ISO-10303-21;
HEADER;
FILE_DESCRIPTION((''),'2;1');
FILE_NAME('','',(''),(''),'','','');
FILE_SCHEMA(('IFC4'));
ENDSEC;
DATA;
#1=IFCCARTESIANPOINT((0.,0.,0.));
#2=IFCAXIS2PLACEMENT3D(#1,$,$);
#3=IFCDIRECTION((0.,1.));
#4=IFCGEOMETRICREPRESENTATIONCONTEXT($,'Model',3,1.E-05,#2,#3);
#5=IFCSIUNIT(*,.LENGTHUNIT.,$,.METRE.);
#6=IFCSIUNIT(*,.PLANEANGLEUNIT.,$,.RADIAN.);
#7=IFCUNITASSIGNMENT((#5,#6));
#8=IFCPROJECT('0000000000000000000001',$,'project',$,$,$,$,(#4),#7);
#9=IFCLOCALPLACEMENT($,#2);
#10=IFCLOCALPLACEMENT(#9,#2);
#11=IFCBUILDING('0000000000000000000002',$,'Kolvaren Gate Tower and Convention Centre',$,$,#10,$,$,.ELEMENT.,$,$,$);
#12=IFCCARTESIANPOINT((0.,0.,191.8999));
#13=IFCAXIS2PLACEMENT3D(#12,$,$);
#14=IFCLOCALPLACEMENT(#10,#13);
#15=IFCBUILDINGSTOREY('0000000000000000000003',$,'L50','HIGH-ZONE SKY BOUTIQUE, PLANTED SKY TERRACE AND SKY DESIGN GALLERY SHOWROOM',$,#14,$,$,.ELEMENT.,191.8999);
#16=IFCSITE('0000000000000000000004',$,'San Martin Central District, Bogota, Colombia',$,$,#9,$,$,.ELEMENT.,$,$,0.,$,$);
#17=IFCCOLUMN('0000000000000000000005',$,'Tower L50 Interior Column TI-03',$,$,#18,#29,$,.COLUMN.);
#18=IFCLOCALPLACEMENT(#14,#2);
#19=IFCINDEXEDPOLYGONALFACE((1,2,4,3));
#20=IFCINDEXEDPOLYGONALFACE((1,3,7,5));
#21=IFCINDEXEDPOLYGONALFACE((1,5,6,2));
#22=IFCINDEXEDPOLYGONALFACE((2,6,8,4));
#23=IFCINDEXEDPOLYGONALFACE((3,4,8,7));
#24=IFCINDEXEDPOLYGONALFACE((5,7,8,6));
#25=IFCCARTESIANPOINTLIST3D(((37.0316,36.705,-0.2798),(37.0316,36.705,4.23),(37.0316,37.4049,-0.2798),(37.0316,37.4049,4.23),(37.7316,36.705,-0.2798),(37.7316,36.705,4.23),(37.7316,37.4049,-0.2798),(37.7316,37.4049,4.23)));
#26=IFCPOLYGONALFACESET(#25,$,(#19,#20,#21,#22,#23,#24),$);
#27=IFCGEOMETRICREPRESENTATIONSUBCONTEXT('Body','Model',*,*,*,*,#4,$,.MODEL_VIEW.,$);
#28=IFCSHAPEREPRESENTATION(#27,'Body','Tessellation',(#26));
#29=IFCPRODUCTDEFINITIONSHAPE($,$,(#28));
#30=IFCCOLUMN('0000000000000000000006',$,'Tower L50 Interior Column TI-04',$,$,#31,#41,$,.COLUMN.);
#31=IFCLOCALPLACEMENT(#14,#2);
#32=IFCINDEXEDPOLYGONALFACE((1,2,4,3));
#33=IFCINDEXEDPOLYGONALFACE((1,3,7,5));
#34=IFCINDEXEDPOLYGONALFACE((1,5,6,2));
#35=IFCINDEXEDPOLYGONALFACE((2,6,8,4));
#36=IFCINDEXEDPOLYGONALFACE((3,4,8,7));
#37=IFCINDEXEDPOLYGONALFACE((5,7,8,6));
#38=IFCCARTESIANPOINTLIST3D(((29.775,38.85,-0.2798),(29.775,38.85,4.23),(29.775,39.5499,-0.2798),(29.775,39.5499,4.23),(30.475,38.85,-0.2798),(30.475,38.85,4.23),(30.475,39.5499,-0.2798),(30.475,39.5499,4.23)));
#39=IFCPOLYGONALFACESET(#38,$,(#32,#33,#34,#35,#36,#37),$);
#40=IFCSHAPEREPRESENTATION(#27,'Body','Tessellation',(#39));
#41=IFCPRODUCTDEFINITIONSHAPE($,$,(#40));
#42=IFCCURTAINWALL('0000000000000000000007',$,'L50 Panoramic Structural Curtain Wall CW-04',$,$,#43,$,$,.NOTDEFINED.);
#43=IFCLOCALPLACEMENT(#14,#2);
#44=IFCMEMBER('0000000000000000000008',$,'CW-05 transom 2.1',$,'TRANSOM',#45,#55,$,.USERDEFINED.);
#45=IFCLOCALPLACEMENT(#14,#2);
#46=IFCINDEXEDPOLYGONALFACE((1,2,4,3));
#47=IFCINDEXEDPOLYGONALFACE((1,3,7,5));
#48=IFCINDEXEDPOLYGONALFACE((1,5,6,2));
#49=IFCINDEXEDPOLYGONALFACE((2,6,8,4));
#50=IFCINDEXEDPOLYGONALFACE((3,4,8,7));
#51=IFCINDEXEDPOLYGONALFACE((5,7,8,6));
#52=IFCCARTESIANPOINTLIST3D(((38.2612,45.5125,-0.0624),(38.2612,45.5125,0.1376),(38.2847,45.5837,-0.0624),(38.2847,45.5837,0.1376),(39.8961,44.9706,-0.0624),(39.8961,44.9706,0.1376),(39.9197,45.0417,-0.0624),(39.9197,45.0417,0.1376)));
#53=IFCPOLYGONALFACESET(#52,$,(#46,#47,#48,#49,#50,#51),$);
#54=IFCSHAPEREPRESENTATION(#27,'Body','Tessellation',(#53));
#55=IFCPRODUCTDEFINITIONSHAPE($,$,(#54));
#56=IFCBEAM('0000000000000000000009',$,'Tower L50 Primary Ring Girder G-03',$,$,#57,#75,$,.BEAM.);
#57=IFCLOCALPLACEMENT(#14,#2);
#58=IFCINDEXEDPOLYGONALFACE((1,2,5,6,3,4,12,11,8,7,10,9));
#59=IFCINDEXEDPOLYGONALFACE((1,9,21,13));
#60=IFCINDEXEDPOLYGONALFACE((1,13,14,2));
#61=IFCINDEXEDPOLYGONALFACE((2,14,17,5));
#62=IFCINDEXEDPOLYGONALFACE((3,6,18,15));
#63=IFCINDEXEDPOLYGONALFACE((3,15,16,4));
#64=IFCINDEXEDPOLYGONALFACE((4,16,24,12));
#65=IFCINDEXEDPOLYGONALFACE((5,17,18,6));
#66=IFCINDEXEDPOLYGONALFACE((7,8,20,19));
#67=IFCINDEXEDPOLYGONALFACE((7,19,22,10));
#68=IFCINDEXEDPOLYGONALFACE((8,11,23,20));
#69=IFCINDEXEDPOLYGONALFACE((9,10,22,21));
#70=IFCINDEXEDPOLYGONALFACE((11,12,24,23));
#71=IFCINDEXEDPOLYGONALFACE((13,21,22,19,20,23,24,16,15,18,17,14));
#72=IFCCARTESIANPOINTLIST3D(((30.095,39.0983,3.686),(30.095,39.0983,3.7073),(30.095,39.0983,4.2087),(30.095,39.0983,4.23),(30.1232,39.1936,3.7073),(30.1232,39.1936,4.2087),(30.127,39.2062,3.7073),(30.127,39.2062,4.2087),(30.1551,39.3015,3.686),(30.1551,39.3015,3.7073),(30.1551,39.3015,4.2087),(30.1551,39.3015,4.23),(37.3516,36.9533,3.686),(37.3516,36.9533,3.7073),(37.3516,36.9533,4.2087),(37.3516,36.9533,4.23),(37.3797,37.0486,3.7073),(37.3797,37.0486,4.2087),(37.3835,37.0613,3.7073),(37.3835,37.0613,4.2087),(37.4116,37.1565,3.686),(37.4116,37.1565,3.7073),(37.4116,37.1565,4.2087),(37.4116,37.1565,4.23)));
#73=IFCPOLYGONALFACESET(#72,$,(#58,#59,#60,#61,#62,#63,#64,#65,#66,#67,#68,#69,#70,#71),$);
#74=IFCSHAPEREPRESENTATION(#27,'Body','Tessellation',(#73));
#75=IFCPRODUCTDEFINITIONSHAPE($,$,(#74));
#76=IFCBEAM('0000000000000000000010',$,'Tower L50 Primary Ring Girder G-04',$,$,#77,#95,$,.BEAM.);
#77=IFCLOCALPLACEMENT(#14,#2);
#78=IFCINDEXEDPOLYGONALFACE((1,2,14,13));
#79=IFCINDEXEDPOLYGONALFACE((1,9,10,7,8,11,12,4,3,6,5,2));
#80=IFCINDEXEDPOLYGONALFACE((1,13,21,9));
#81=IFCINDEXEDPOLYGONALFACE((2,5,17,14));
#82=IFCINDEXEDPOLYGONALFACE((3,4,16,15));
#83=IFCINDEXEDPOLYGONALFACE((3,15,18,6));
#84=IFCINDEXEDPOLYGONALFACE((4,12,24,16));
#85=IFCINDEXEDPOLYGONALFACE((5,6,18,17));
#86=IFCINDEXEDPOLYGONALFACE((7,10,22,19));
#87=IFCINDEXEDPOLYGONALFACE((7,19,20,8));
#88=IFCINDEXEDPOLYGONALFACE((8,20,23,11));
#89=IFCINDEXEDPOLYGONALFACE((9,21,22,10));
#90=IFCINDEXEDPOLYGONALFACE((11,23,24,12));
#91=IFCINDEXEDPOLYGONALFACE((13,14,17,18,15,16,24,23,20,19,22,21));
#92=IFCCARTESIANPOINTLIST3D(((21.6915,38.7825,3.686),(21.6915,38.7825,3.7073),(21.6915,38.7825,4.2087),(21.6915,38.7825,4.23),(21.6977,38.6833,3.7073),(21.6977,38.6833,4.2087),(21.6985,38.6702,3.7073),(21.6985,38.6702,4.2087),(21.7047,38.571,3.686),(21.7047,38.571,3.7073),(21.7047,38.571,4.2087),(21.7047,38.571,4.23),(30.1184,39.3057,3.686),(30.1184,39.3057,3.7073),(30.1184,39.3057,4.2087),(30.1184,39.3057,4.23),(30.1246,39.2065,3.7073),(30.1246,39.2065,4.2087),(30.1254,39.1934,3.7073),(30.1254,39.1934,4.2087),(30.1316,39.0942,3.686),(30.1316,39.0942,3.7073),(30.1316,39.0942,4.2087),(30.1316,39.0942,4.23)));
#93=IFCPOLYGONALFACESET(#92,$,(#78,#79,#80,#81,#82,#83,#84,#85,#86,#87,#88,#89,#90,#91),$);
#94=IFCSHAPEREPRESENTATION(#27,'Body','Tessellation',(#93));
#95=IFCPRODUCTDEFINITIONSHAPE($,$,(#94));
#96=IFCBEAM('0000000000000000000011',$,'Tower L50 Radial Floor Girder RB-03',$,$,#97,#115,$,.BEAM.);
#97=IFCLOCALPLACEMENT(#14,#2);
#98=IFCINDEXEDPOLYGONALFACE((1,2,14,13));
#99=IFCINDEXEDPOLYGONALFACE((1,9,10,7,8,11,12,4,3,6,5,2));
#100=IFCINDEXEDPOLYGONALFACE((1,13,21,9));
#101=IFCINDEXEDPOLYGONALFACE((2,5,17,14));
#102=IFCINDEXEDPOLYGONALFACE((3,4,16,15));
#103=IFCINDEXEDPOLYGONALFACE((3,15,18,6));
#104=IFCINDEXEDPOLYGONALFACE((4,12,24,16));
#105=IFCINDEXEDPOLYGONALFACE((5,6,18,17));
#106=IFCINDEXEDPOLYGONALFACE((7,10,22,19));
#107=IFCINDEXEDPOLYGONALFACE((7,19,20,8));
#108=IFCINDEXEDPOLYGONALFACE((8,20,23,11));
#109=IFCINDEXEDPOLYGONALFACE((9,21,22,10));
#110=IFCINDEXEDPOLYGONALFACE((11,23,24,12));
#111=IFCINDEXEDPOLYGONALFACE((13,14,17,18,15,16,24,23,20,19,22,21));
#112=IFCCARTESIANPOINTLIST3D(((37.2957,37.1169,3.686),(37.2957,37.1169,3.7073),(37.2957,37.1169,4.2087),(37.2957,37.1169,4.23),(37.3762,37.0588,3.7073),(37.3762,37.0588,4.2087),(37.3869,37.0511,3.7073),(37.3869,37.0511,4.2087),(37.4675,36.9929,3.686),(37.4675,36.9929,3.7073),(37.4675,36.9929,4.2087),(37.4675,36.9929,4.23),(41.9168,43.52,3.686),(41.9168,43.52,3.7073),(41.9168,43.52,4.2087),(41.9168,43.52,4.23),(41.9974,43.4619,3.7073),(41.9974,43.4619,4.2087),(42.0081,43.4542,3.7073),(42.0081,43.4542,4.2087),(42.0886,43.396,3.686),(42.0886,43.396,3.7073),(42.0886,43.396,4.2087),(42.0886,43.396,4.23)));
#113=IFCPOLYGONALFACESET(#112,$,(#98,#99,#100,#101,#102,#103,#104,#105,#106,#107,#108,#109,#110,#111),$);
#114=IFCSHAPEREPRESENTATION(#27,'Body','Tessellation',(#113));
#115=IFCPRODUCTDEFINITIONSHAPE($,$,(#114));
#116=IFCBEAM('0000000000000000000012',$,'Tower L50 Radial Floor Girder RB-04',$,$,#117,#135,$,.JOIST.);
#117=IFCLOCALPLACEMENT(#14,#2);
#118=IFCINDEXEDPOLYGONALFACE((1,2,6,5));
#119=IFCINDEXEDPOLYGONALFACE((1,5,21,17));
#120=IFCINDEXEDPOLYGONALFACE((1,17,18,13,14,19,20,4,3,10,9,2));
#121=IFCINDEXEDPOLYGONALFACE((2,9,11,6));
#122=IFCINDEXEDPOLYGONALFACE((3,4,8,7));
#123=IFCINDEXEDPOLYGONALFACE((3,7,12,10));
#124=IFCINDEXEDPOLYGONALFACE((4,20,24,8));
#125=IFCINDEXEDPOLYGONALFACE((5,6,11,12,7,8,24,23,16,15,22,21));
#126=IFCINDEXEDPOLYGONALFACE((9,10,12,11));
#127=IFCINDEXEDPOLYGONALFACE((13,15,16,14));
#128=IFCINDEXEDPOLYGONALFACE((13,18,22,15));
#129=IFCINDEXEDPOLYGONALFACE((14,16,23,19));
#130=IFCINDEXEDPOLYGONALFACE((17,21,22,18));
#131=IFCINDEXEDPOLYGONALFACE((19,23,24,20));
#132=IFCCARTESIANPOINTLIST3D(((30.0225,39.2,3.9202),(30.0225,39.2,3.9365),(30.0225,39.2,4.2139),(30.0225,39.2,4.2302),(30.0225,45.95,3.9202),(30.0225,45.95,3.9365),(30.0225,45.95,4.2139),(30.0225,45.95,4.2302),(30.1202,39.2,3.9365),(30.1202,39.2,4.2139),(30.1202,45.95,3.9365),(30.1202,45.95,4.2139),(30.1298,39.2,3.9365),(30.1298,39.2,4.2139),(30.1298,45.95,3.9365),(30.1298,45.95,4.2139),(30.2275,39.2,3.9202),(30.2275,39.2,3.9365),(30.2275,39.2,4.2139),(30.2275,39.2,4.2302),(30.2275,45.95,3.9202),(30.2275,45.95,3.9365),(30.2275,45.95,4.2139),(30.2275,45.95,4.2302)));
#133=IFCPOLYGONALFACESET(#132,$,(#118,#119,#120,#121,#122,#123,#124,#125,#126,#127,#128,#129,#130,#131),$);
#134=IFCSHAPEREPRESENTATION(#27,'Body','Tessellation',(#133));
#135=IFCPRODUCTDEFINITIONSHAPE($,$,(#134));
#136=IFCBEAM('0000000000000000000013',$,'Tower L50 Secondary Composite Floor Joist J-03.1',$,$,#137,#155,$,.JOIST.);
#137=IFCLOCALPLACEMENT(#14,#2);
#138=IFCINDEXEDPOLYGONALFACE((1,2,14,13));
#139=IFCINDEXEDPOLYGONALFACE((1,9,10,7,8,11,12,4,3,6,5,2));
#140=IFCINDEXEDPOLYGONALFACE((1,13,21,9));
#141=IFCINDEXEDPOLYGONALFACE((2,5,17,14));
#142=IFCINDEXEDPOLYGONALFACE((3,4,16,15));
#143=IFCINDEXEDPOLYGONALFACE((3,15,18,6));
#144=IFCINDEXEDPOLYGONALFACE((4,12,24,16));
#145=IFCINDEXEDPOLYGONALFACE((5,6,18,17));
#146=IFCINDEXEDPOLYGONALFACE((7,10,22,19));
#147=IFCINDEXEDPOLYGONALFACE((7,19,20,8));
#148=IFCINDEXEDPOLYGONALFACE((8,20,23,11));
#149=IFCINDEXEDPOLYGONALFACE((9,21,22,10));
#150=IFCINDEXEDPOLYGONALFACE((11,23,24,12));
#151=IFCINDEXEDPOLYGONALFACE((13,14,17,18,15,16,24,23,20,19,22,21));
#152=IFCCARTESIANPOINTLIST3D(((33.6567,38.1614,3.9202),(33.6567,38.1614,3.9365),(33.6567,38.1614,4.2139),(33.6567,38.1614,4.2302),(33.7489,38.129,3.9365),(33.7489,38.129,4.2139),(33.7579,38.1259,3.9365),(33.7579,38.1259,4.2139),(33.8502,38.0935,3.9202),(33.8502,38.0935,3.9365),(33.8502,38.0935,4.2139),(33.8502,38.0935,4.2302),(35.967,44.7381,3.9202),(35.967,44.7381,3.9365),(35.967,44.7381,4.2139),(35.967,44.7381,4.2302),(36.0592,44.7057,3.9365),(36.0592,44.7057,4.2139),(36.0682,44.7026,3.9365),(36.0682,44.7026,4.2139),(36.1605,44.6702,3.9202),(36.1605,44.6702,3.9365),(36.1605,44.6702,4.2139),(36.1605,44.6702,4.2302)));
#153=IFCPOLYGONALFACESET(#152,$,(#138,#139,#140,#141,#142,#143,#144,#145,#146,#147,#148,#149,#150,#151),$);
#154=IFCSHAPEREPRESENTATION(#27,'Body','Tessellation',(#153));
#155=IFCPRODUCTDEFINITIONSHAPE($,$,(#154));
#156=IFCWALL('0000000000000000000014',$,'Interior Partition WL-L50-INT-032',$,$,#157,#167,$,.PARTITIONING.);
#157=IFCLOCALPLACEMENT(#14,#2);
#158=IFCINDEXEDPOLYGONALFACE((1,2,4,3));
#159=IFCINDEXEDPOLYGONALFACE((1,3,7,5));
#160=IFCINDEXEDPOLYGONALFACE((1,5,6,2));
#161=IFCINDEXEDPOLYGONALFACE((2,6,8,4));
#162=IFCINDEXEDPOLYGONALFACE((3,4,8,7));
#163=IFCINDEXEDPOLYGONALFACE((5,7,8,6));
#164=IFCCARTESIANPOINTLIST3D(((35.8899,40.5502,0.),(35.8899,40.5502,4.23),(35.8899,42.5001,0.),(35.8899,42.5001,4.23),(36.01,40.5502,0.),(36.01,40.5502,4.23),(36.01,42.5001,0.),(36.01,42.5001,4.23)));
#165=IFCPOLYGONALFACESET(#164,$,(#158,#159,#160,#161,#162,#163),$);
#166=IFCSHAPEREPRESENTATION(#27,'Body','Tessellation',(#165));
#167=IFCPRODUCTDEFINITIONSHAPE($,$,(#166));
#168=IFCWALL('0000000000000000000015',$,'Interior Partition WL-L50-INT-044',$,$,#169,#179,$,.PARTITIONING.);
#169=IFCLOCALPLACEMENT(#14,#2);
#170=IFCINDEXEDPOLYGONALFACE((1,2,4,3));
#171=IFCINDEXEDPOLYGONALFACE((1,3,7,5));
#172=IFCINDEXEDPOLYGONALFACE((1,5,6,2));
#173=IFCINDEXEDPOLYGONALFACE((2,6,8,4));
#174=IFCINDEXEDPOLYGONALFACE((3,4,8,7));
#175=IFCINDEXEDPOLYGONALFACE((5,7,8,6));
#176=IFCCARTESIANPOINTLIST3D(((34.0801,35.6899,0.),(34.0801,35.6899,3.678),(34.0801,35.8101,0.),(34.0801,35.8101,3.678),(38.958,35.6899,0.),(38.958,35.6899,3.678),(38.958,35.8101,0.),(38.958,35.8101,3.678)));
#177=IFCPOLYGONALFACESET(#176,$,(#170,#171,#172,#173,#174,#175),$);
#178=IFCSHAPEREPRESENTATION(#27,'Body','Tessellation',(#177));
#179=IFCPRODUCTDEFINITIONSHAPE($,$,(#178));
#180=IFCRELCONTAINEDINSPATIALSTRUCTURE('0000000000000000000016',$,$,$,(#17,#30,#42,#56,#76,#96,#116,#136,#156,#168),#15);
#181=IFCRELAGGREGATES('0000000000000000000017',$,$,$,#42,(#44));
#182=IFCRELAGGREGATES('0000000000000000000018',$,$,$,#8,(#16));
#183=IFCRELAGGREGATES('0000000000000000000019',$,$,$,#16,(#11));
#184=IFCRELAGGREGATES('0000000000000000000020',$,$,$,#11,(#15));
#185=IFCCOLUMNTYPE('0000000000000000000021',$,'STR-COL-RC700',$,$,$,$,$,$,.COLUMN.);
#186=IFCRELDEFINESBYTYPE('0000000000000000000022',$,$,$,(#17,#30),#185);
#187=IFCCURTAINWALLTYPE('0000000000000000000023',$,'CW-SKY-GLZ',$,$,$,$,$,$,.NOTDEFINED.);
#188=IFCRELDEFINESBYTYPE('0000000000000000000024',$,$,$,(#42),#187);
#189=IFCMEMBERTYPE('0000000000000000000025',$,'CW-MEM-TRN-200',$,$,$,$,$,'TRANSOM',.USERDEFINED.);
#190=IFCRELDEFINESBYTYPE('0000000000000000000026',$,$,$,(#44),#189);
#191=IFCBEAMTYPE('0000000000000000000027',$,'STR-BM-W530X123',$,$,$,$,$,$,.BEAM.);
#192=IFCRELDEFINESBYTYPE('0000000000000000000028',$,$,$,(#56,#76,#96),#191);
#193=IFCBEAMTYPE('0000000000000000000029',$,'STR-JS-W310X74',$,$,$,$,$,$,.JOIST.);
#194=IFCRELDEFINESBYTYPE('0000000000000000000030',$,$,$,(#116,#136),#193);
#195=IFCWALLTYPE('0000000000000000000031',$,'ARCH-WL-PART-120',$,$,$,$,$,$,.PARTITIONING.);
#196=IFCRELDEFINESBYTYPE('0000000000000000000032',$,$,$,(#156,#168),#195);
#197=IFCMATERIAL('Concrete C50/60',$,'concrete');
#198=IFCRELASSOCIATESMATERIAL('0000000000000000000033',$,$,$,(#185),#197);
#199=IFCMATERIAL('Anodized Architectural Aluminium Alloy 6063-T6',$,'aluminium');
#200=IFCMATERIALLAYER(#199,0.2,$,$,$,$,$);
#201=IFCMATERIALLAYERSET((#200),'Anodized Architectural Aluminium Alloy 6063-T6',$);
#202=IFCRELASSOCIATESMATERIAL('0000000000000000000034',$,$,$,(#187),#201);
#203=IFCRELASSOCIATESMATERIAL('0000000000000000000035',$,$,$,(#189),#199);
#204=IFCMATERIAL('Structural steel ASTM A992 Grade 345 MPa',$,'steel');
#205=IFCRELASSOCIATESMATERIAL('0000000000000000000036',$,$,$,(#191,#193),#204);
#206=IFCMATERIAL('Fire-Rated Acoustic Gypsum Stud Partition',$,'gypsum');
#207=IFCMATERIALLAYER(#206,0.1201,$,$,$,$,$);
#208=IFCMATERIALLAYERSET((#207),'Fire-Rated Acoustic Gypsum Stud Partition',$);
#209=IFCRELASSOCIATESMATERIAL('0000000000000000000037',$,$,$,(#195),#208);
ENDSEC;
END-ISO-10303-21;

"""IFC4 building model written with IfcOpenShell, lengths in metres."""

from ifc_helpers import new_model, si_unit, direction, frame, frame_2d, origin, origin_2d, place, context, subcontext, project, spatial, rectangle, i_section, extrude, material, layer, layer_set, material_profile, profile_set, type_object, element, aggregate, save


model = new_model("IFC4")

# Units and contexts
model_context = context("Model", 3, precision=1e-05, world=origin(), true_north=direction((0.0, 1.0)))
body_context = subcontext(model_context, "Body", "Model", "MODEL_VIEW")
ifc_project = project(units=[si_unit("LENGTHUNIT", "METRE"), si_unit("PLANEANGLEUNIT", "RADIAN")], contexts=[model_context])

# Site, building, storey
site_placement = place(None, origin())
site = spatial("IfcSite", under=ifc_project, at=site_placement, Name="San Martin Central District, Bogota, Colombia", CompositionType="ELEMENT", RefElevation=0.0)
building_placement = place(site_placement, origin())
building = spatial("IfcBuilding", under=site, at=building_placement, Name="Kolvaren Gate Tower and Convention Centre", CompositionType="ELEMENT")
storey_placement = place(building_placement, frame((0.0, 0.0, 191.8999)))
storey = spatial("IfcBuildingStorey", under=building, at=storey_placement, Name="L50", Description="HIGH-ZONE SKY BOUTIQUE, PLANTED SKY TERRACE AND SKY DESIGN GALLERY SHOWROOM", CompositionType="ELEMENT", Elevation=191.8999)

# Columns
ifc_material_1 = material(Name="Concrete C50/60", Category="concrete")
ifc_material_profile_1 = material_profile(ifc_material_1, rectangle(XDim=0.7, YDim=0.7, at=origin_2d()), Name="RC-COL-700X700")
ifc_profile_set_1 = profile_set([ifc_material_profile_1], Name="Concrete C50/60")
column_type = type_object("IfcColumnType", Name="STR-COL-RC700", PredefinedType="COLUMN", material=ifc_profile_set_1)
for number, where, z_axis, x_axis, name in (
    (1, (37.3816, 37.0549, -0.2798), (0.0, 0.0, 1.0), (1.0, 0.0, 0.0), "Tower L50 Interior Column TI-03"),
    (2, (30.125, 39.2, -0.2798), (0.0, 0.0, 1.0), (1.0, 0.0, 0.0), "Tower L50 Interior Column TI-04"),
):
    element("IfcColumn", number, at=place(storey_placement, frame(where, z_axis=z_axis, x_axis=x_axis)), inside=storey, type_object=column_type, Name=name, PredefinedType="COLUMN", context=body_context, shape_type="SweptSolid", body=[
        extrude(rectangle(XDim=0.7, YDim=0.7, at=origin_2d()), origin(), (0.0, 0.0, 1.0), 4.5098),
    ])

# Curtain wall, member
ifc_material_2 = material(Name="Anodized Architectural Aluminium Alloy 6063-T6", Category="aluminium")
ifc_layer_1 = layer(ifc_material_2, 0.2)
ifc_layer_set_1 = layer_set([ifc_layer_1], Name="Anodized Architectural Aluminium Alloy 6063-T6")
curtain_wall_type = type_object("IfcCurtainWallType", Name="CW-SKY-GLZ", PredefinedType="NOTDEFINED", material=ifc_layer_set_1)
curtain_wall_placement = place(storey_placement, origin())
curtain_wall = element("IfcCurtainWall", 3, at=curtain_wall_placement, inside=storey, type_object=curtain_wall_type, Name="L50 Panoramic Structural Curtain Wall CW-04", PredefinedType="NOTDEFINED")
ifc_material_profile_2 = material_profile(ifc_material_2, rectangle(XDim=0.075, YDim=0.2, at=origin_2d()), Name="CW-MEM-TRN-200")
ifc_profile_set_2 = profile_set([ifc_material_profile_2], Name="Anodized Architectural Aluminium Alloy 6063-T6")
member_type = type_object("IfcMemberType", Name="CW-MEM-TRN-200", ElementType="TRANSOM", PredefinedType="USERDEFINED", material=ifc_profile_set_2)
member_placement = place(storey_placement, frame((38.2729, 45.5481, 0.0376), z_axis=(0.949206, -0.314654, 0.0), x_axis=(0.314654, 0.949206, 0.0)))
member = element("IfcMember", 4, at=member_placement, type_object=member_type, Name="CW-05 transom 2.1", ObjectType="TRANSOM", PredefinedType="USERDEFINED", context=body_context, shape_type="SweptSolid", body=[
    extrude(rectangle(XDim=0.075, YDim=0.2, at=origin_2d()), origin(), (0.0, 0.0, 1.0), 1.7224),
])
aggregate(curtain_wall, [member])

# Beams
ifc_material_3 = material(Name="Structural steel ASTM A992 Grade 345 MPa", Category="steel")
ifc_material_profile_3 = material_profile(ifc_material_3, i_section(OverallWidth=0.2119, OverallDepth=0.5439, WebThickness=0.0132, FlangeThickness=0.0212, at=origin_2d()), Name="W530X123")
ifc_profile_set_3 = profile_set([ifc_material_profile_3], Name="Structural steel ASTM A992 Grade 345 MPa")
beam_type_1 = type_object("IfcBeamType", Name="STR-BM-W530X123", PredefinedType="BEAM", material=ifc_profile_set_3)
beam_1_placement = place(storey_placement, frame((37.3816, 37.0549, 3.958), z_axis=(-0.958981, 0.283471, 0.0), x_axis=(-0.283471, -0.958981, 0.0)))
element("IfcBeam", 5, at=beam_1_placement, inside=storey, type_object=beam_type_1, Name="Tower L50 Primary Ring Girder G-03", PredefinedType="BEAM", context=body_context, shape_type="SweptSolid", body=[
    extrude(i_section(OverallWidth=0.2119, OverallDepth=0.5439, WebThickness=0.0132, FlangeThickness=0.0212, at=origin_2d()), origin(), (0.0, 0.0, 1.0), 7.5669),
])
beam_2_placement = place(storey_placement, frame((30.125, 39.2, 3.958), z_axis=(-0.998078, -0.061966, 0.0), x_axis=(0.061966, -0.998078, 0.0)))
element("IfcBeam", 6, at=beam_2_placement, inside=storey, type_object=beam_type_1, Name="Tower L50 Primary Ring Girder G-04", PredefinedType="BEAM", context=body_context, shape_type="SweptSolid", body=[
    extrude(i_section(OverallWidth=0.2119, OverallDepth=0.5439, WebThickness=0.0132, FlangeThickness=0.0212, at=origin_2d()), origin(), (0.0, 0.0, 1.0), 8.4431),
])
beam_3_placement = place(storey_placement, frame((37.3816, 37.0549, 3.958), z_axis=(0.585212, 0.810881, 0.0), x_axis=(-0.810881, 0.585212, 0.0)))
element("IfcBeam", 7, at=beam_3_placement, inside=storey, type_object=beam_type_1, Name="Tower L50 Radial Floor Girder RB-03", PredefinedType="BEAM", context=body_context, shape_type="SweptSolid", body=[
    extrude(i_section(OverallWidth=0.2119, OverallDepth=0.5439, WebThickness=0.0132, FlangeThickness=0.0212, at=origin_2d()), origin(), (0.0, 0.0, 1.0), 7.8965),
])
ifc_material_profile_4 = material_profile(ifc_material_3, i_section(OverallWidth=0.2051, OverallDepth=0.3101, WebThickness=0.0095, FlangeThickness=0.0164, at=origin_2d()), Name="W310X74")
ifc_profile_set_4 = profile_set([ifc_material_profile_4], Name="Structural steel ASTM A992 Grade 345 MPa")
beam_type_2 = type_object("IfcBeamType", Name="STR-JS-W310X74", PredefinedType="JOIST", material=ifc_profile_set_4)
beam_4_placement = place(storey_placement, frame((30.125, 39.2, 4.0752), z_axis=(0.0, 1.0, 0.0), x_axis=(-1.0, 0.0, 0.0)))
element("IfcBeam", 8, at=beam_4_placement, inside=storey, type_object=beam_type_2, Name="Tower L50 Radial Floor Girder RB-04", PredefinedType="JOIST", context=body_context, shape_type="SweptSolid", body=[
    extrude(i_section(OverallWidth=0.2051, OverallDepth=0.3101, WebThickness=0.0095, FlangeThickness=0.0164, at=origin_2d()), origin(), (0.0, 0.0, 1.0), 6.75),
])
beam_5_placement = place(storey_placement, frame((33.7534, 38.1274, 4.0752), z_axis=(0.331433, 0.943479, 0.0), x_axis=(-0.943479, 0.331433, 0.0)))
element("IfcBeam", 9, at=beam_5_placement, inside=storey, type_object=beam_type_2, Name="Tower L50 Secondary Composite Floor Joist J-03.1", PredefinedType="JOIST", context=body_context, shape_type="SweptSolid", body=[
    extrude(i_section(OverallWidth=0.2051, OverallDepth=0.3101, WebThickness=0.0095, FlangeThickness=0.0164, at=origin_2d()), origin(), (0.0, 0.0, 1.0), 6.9707),
])

# Walls
ifc_material_4 = material(Name="Fire-Rated Acoustic Gypsum Stud Partition", Category="gypsum")
ifc_layer_2 = layer(ifc_material_4, 0.1201)
ifc_layer_set_2 = layer_set([ifc_layer_2], Name="Fire-Rated Acoustic Gypsum Stud Partition")
wall_type = type_object("IfcWallType", Name="ARCH-WL-PART-120", PredefinedType="PARTITIONING", material=ifc_layer_set_2)
wall_1_placement = place(storey_placement, frame((35.95, 40.55, 0.0), z_axis=(0.0, 0.0, 1.0), x_axis=(0.0, 1.0, 0.0)))
element("IfcWall", 10, at=wall_1_placement, inside=storey, type_object=wall_type, Name="Interior Partition WL-L50-INT-032", PredefinedType="PARTITIONING", context=body_context, shape_type="SweptSolid", body=[
    extrude(rectangle(XDim=1.95, YDim=0.1201, at=frame_2d((0.9751, 0.0))), origin(), (0.0, 0.0, 1.0), 4.23),
])
wall_2_placement = place(storey_placement, frame((34.0801, 35.75, 0.0), z_axis=(0.0, 0.0, 1.0), x_axis=(1.0, 0.0, 0.0)))
element("IfcWall", 11, at=wall_2_placement, inside=storey, type_object=wall_type, Name="Interior Partition WL-L50-INT-044", PredefinedType="PARTITIONING", context=body_context, shape_type="SweptSolid", body=[
    extrude(rectangle(XDim=4.8779, YDim=0.1201, at=frame_2d((2.439, 0.0))), origin(), (0.0, 0.0, 1.0), 3.678),
])

save(model, "model.ifc")
